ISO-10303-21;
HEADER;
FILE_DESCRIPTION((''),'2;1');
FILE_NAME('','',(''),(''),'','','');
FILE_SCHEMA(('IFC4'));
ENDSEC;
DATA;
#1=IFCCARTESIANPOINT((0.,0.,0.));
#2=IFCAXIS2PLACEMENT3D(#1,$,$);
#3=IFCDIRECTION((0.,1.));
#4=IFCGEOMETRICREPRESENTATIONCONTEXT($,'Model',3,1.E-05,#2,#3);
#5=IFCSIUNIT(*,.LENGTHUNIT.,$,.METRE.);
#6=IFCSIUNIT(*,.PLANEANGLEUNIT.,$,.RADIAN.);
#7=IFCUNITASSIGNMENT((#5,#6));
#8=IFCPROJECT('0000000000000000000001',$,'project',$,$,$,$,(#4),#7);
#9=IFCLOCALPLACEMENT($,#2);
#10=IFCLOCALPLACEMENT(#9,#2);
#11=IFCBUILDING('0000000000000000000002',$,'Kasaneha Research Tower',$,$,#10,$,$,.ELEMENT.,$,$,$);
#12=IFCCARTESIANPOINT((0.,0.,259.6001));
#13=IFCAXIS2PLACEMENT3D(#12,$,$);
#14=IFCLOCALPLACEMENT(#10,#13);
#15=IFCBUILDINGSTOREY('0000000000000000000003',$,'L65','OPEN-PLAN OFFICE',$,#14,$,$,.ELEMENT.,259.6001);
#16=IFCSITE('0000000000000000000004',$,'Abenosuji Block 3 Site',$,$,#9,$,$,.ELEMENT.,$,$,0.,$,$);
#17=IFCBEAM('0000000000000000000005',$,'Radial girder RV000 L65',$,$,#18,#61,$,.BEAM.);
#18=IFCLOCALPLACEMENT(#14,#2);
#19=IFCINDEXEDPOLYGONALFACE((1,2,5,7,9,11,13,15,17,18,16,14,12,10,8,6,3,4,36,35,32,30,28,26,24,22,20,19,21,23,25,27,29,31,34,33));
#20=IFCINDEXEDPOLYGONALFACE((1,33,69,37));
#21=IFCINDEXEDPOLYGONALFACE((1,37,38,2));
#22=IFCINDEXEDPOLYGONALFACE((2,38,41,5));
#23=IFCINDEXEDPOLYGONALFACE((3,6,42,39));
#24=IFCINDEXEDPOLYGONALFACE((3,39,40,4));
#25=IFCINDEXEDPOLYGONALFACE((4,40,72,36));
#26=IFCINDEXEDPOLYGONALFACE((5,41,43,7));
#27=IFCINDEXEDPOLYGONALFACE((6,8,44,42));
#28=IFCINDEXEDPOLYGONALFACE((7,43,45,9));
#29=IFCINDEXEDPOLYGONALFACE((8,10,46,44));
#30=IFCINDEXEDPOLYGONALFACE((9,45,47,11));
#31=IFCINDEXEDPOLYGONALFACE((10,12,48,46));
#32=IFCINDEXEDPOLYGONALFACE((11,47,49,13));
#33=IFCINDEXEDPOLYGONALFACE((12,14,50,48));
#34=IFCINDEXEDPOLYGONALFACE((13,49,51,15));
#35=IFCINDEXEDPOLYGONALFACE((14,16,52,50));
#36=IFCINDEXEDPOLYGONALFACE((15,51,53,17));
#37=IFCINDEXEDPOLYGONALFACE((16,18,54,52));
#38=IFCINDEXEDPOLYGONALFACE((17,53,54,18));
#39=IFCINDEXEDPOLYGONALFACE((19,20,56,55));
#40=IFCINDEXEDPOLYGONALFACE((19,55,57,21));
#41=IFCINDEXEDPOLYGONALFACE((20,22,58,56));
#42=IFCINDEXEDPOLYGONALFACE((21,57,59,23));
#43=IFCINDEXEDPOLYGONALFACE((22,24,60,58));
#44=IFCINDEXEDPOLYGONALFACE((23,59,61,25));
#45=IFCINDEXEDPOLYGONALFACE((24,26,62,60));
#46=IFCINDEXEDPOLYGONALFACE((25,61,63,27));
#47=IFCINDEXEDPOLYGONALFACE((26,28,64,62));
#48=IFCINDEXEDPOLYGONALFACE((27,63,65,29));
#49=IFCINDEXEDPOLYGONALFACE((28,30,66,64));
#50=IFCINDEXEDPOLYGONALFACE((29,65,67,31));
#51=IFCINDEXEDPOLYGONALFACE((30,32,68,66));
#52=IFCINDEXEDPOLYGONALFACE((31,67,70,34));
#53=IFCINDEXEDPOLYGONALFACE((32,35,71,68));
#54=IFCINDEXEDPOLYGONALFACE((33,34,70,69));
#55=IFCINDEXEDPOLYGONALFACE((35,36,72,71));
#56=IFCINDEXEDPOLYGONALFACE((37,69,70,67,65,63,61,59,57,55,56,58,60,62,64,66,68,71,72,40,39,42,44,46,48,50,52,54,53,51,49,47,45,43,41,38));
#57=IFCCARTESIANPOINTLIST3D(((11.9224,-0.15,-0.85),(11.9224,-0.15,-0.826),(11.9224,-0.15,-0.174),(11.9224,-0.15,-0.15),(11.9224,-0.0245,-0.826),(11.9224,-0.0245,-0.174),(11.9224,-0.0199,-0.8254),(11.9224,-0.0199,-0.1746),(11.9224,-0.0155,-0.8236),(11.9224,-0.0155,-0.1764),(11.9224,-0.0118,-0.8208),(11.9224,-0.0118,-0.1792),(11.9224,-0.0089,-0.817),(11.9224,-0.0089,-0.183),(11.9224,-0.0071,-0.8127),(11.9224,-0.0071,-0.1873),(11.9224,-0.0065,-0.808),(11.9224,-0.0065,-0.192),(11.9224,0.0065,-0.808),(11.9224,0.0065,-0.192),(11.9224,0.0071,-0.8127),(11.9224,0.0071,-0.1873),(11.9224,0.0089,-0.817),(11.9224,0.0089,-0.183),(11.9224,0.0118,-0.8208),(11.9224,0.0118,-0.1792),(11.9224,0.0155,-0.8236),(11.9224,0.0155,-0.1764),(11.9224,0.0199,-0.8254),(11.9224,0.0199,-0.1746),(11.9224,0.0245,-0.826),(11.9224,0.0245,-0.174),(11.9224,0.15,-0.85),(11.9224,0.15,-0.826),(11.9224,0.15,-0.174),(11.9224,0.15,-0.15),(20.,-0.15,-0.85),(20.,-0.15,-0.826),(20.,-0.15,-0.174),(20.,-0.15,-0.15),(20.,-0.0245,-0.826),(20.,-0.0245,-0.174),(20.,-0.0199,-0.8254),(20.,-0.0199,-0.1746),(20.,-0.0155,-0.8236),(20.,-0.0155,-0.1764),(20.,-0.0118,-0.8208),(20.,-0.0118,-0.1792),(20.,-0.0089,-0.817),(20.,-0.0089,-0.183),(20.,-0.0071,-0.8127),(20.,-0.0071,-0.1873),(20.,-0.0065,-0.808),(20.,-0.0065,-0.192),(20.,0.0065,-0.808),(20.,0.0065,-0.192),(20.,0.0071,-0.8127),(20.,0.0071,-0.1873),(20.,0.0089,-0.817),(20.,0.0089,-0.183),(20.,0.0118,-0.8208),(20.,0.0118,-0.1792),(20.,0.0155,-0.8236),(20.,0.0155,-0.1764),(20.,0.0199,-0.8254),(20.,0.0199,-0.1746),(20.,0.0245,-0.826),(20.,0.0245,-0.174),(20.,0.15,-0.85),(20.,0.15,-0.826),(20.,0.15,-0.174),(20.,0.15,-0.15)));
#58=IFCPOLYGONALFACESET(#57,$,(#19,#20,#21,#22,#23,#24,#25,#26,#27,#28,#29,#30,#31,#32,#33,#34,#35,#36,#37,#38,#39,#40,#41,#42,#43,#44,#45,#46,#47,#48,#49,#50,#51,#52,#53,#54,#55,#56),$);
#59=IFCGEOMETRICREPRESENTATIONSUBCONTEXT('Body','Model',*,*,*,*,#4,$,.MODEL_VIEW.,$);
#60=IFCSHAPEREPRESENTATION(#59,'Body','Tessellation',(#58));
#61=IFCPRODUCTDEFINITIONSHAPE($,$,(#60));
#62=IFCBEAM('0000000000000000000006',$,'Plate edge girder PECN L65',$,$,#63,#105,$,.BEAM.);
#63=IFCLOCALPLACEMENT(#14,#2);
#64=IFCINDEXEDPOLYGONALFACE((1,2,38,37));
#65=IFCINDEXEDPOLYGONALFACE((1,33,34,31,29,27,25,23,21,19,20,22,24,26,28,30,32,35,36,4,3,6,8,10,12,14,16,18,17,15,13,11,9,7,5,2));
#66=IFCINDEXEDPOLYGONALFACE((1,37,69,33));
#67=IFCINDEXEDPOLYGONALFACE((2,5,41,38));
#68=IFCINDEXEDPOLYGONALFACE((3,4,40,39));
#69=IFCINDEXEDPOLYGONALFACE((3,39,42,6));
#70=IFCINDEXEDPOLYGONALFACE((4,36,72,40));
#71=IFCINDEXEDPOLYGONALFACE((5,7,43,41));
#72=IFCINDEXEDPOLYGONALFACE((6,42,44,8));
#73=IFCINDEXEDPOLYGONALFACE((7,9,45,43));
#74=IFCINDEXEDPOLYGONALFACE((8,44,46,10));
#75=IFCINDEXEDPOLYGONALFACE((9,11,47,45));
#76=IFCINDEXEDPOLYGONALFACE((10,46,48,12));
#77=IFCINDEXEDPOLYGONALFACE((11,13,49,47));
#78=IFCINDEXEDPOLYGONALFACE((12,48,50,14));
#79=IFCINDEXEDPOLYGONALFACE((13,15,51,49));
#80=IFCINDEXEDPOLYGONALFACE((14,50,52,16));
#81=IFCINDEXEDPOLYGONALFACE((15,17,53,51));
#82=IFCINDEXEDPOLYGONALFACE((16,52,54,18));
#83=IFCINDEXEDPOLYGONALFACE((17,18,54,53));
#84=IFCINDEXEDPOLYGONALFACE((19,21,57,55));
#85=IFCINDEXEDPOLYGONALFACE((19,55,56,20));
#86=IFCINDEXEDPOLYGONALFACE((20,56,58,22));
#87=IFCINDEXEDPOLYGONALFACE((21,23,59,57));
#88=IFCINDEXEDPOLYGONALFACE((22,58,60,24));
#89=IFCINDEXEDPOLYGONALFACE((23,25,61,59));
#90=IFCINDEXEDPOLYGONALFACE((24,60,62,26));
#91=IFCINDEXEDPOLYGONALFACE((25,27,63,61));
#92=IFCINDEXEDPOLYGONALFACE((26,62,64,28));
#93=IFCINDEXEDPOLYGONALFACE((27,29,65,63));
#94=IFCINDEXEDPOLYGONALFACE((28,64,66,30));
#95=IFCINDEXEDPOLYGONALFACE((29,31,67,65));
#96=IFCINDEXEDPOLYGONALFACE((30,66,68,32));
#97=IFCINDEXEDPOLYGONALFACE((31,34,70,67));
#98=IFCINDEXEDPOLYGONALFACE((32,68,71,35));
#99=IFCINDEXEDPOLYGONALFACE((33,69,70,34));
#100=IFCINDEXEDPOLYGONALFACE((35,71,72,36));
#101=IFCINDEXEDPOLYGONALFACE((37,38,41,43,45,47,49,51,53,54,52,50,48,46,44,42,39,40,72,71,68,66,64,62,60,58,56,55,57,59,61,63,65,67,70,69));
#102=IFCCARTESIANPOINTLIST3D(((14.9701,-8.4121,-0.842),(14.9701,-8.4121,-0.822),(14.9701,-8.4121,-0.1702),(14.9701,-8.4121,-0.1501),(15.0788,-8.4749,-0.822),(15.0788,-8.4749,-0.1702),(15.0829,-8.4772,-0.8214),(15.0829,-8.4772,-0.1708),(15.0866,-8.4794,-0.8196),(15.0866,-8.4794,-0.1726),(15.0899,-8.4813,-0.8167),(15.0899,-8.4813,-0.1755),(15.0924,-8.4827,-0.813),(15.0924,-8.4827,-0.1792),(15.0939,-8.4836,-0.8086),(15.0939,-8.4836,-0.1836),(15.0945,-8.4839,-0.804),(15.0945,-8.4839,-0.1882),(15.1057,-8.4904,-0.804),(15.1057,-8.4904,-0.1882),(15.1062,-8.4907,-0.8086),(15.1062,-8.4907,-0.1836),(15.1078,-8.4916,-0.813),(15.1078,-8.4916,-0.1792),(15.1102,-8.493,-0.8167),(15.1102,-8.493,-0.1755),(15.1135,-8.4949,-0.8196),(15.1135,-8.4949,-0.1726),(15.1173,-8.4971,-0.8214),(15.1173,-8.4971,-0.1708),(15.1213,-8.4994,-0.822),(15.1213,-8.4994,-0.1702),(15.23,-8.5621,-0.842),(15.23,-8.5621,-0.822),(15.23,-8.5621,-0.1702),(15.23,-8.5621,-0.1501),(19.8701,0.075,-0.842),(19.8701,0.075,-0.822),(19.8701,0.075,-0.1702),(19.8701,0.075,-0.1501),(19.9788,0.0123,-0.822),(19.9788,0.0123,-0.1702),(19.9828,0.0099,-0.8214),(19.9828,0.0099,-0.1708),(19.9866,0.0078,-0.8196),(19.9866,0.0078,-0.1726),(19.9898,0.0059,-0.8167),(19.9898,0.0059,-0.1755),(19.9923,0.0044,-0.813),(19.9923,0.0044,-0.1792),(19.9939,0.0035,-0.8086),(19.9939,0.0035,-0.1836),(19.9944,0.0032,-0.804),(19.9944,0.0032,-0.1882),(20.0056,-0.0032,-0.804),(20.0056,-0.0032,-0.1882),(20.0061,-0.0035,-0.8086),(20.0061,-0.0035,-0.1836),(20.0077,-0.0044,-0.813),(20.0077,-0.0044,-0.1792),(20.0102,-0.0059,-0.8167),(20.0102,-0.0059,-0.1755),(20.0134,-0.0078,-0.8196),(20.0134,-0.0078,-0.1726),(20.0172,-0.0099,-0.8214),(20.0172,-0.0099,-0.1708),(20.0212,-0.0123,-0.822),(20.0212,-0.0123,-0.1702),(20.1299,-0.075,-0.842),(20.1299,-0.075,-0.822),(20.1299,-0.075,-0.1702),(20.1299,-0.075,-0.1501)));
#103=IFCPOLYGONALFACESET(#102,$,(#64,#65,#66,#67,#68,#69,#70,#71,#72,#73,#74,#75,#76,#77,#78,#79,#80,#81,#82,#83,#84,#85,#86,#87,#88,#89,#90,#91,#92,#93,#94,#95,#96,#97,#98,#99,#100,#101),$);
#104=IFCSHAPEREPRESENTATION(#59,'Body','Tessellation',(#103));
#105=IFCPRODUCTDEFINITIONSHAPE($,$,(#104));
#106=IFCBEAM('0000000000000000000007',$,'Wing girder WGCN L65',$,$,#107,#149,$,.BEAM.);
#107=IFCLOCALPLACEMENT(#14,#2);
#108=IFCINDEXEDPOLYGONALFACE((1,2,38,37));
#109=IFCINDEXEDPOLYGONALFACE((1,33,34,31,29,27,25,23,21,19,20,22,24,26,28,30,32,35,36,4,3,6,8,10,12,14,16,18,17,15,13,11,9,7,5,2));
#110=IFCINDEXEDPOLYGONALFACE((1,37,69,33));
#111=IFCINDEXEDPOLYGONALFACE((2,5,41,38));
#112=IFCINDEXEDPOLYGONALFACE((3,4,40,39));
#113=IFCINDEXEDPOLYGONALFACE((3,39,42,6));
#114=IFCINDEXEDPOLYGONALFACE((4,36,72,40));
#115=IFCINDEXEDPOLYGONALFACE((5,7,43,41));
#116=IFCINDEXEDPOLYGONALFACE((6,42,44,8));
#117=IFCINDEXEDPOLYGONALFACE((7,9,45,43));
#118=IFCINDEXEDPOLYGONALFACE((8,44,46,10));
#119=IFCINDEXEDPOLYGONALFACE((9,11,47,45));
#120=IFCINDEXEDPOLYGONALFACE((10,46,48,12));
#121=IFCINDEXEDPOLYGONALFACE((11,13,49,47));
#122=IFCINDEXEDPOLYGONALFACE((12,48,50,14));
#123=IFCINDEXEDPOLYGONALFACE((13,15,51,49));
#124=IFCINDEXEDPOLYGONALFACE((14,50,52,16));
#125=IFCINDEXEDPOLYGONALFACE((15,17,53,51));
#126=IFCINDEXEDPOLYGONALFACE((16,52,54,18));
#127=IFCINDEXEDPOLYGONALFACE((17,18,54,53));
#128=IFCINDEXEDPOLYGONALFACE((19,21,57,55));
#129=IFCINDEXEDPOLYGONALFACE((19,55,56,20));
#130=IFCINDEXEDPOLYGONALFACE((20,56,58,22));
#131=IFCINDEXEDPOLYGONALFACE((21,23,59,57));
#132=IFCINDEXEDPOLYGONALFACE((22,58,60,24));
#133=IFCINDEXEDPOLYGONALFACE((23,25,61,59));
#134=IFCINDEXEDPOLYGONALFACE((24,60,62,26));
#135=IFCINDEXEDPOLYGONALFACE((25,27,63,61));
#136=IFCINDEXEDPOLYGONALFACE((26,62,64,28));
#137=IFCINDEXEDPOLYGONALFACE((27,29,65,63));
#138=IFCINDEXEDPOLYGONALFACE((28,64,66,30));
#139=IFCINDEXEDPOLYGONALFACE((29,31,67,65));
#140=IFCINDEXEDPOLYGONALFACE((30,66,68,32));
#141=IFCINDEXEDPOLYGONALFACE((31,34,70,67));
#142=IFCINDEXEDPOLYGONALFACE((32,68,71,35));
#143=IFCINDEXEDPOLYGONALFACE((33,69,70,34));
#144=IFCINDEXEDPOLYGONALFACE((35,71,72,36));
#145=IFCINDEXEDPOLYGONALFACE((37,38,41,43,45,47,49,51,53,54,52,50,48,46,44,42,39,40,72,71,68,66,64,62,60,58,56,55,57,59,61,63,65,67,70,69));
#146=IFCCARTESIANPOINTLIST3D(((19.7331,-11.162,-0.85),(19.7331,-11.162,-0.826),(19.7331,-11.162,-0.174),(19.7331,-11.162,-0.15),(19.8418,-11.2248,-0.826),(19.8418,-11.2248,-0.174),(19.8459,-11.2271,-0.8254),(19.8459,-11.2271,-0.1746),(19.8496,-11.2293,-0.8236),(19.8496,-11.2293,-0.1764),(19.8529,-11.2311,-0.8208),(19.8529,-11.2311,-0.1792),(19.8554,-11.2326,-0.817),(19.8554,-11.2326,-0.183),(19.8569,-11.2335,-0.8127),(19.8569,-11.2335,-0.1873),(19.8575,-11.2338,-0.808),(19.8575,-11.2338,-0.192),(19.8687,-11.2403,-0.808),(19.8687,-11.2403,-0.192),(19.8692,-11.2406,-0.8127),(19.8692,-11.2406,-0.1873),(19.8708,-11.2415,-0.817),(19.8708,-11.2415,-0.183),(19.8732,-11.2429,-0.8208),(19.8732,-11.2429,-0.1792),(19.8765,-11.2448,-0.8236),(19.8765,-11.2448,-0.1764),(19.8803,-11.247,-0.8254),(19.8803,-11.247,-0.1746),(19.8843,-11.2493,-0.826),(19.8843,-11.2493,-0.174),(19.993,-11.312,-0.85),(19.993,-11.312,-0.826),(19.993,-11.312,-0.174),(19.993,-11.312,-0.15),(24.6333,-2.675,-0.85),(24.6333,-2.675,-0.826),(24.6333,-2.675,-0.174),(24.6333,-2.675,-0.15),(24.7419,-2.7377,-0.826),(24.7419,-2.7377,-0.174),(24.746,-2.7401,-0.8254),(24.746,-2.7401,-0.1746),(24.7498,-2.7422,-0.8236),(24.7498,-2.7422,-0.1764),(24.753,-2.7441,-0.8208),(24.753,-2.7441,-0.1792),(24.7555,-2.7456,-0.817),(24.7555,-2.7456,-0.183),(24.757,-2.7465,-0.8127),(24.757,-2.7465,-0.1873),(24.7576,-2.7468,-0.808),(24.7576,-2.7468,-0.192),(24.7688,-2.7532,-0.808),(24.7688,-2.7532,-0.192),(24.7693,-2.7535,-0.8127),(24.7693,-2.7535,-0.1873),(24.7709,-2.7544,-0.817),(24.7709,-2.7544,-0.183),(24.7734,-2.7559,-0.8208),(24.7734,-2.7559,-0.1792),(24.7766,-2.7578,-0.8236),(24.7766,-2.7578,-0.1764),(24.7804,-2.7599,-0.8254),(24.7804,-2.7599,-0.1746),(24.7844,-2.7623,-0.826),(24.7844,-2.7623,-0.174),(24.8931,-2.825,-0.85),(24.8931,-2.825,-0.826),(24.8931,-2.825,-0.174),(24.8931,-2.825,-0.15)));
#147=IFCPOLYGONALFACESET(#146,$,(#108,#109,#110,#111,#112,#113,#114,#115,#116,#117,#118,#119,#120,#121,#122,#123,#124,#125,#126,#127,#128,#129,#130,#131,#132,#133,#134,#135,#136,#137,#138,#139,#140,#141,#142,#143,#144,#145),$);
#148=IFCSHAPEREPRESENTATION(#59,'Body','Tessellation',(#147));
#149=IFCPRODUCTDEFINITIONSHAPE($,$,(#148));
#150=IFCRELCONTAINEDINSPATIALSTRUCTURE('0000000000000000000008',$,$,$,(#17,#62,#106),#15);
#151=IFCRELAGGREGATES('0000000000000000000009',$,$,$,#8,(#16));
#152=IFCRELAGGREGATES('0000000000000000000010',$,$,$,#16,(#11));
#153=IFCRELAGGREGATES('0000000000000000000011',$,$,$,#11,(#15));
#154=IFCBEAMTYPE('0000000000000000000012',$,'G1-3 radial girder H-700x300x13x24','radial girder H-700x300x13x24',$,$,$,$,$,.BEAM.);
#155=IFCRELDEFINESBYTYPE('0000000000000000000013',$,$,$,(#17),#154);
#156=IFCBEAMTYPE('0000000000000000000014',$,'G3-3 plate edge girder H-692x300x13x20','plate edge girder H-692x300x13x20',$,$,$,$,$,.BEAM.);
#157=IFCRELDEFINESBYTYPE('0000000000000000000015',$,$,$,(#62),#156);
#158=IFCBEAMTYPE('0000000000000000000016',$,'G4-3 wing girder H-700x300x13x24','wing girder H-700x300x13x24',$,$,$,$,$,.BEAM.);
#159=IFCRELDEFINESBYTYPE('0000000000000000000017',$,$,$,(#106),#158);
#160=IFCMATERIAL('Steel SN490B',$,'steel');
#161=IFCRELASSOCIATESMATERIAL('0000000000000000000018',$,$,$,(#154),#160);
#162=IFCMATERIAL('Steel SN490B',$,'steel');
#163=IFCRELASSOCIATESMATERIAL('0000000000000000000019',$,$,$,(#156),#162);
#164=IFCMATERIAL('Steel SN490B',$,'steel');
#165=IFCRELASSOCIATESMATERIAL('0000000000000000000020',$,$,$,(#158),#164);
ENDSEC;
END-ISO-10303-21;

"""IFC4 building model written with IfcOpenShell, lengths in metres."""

from ifc_helpers import new_model, si_unit, direction, frame, origin, origin_2d, place, context, subcontext, project, spatial, i_section, extrude, material, material_profile, profile_set, type_object, element, save


model = new_model("IFC4")

# Units and contexts
model_context = context("Model", 3, precision=1e-05, world=origin(), true_north=direction((0.0, 1.0)))
body_context = subcontext(model_context, "Body", "Model", "MODEL_VIEW")
ifc_project = project(units=[si_unit("LENGTHUNIT", "METRE"), si_unit("PLANEANGLEUNIT", "RADIAN")], contexts=[model_context])

# Site, building, storey
site_placement = place(None, origin())
site = spatial("IfcSite", under=ifc_project, at=site_placement, Name="Abenosuji Block 3 Site", CompositionType="ELEMENT", RefElevation=0.0)
building_placement = place(site_placement, origin())
building = spatial("IfcBuilding", under=site, at=building_placement, Name="Kasaneha Research Tower", CompositionType="ELEMENT")
storey_placement = place(building_placement, frame((0.0, 0.0, 259.6001)))
storey = spatial("IfcBuildingStorey", under=building, at=storey_placement, Name="L65", Description="OPEN-PLAN OFFICE", CompositionType="ELEMENT", Elevation=259.6001)

# Beams
ifc_material_1 = material(Name="Steel SN490B", Category="steel")
ifc_material_profile_1 = material_profile(ifc_material_1, i_section(OverallWidth=0.3, OverallDepth=0.7, WebThickness=0.0129, FlangeThickness=0.0239, FilletRadius=0.0181, at=origin_2d()), Name="H-700x300x13x24")
ifc_profile_set_1 = profile_set([ifc_material_profile_1], Name="Steel SN490B")
beam_type_1 = type_object("IfcBeamType", Name="G1-3 radial girder H-700x300x13x24", Description="radial girder H-700x300x13x24", PredefinedType="BEAM", material=ifc_profile_set_1)
beam_1_placement = place(storey_placement, frame((11.9224, 0.0, -0.5), z_axis=(1.0, 0.0, 0.0), x_axis=(0.0, 1.0, 0.0)))
element("IfcBeam", 1, at=beam_1_placement, inside=storey, type_object=beam_type_1, Name="Radial girder RV000 L65", PredefinedType="BEAM", context=body_context, shape_type="SweptSolid", body=[
    extrude(i_section(OverallWidth=0.3, OverallDepth=0.7, WebThickness=0.0129, FlangeThickness=0.0239, FilletRadius=0.0181, at=origin_2d()), origin(), (0.0, 0.0, 1.0), 8.0776),
])
ifc_material_2 = material(Name="Steel SN490B", Category="steel")
ifc_material_profile_2 = material_profile(ifc_material_2, i_section(OverallWidth=0.3, OverallDepth=0.6919, WebThickness=0.0129, FlangeThickness=0.02, FilletRadius=0.0181, at=origin_2d()), Name="H-692x300x13x20")
ifc_profile_set_2 = profile_set([ifc_material_profile_2], Name="Steel SN490B")
beam_type_2 = type_object("IfcBeamType", Name="G3-3 plate edge girder H-692x300x13x20", Description="plate edge girder H-692x300x13x20", PredefinedType="BEAM", material=ifc_profile_set_2)
beam_2_placement = place(storey_placement, frame((20.0, 0.0, -0.4961), z_axis=(-0.499992, -0.86603, 0.0), x_axis=(0.86603, -0.499992, 0.0)))
element("IfcBeam", 2, at=beam_2_placement, inside=storey, type_object=beam_type_2, Name="Plate edge girder PECN L65", PredefinedType="BEAM", context=body_context, shape_type="SweptSolid", body=[
    extrude(i_section(OverallWidth=0.3, OverallDepth=0.6919, WebThickness=0.0129, FlangeThickness=0.02, FilletRadius=0.0181, at=origin_2d()), origin(), (0.0, 0.0, 1.0), 9.8),
])
ifc_material_3 = material(Name="Steel SN490B", Category="steel")
ifc_material_profile_3 = material_profile(ifc_material_3, i_section(OverallWidth=0.3, OverallDepth=0.7, WebThickness=0.0129, FlangeThickness=0.0239, FilletRadius=0.0181, at=origin_2d()), Name="H-700x300x13x24")
ifc_profile_set_3 = profile_set([ifc_material_profile_3], Name="Steel SN490B")
beam_type_3 = type_object("IfcBeamType", Name="G4-3 wing girder H-700x300x13x24", Description="wing girder H-700x300x13x24", PredefinedType="BEAM", material=ifc_profile_set_3)
beam_3_placement = place(storey_placement, frame((24.7632, -2.75, -0.5), z_axis=(-0.500011, -0.866019, 0.0), x_axis=(0.866019, -0.500011, 0.0)))
element("IfcBeam", 3, at=beam_3_placement, inside=storey, type_object=beam_type_3, Name="Wing girder WGCN L65", PredefinedType="BEAM", context=body_context, shape_type="SweptSolid", body=[
    extrude(i_section(OverallWidth=0.3, OverallDepth=0.7, WebThickness=0.0129, FlangeThickness=0.0239, FilletRadius=0.0181, at=origin_2d()), origin(), (0.0, 0.0, 1.0), 9.8),
])

save(model, "model.ifc")
